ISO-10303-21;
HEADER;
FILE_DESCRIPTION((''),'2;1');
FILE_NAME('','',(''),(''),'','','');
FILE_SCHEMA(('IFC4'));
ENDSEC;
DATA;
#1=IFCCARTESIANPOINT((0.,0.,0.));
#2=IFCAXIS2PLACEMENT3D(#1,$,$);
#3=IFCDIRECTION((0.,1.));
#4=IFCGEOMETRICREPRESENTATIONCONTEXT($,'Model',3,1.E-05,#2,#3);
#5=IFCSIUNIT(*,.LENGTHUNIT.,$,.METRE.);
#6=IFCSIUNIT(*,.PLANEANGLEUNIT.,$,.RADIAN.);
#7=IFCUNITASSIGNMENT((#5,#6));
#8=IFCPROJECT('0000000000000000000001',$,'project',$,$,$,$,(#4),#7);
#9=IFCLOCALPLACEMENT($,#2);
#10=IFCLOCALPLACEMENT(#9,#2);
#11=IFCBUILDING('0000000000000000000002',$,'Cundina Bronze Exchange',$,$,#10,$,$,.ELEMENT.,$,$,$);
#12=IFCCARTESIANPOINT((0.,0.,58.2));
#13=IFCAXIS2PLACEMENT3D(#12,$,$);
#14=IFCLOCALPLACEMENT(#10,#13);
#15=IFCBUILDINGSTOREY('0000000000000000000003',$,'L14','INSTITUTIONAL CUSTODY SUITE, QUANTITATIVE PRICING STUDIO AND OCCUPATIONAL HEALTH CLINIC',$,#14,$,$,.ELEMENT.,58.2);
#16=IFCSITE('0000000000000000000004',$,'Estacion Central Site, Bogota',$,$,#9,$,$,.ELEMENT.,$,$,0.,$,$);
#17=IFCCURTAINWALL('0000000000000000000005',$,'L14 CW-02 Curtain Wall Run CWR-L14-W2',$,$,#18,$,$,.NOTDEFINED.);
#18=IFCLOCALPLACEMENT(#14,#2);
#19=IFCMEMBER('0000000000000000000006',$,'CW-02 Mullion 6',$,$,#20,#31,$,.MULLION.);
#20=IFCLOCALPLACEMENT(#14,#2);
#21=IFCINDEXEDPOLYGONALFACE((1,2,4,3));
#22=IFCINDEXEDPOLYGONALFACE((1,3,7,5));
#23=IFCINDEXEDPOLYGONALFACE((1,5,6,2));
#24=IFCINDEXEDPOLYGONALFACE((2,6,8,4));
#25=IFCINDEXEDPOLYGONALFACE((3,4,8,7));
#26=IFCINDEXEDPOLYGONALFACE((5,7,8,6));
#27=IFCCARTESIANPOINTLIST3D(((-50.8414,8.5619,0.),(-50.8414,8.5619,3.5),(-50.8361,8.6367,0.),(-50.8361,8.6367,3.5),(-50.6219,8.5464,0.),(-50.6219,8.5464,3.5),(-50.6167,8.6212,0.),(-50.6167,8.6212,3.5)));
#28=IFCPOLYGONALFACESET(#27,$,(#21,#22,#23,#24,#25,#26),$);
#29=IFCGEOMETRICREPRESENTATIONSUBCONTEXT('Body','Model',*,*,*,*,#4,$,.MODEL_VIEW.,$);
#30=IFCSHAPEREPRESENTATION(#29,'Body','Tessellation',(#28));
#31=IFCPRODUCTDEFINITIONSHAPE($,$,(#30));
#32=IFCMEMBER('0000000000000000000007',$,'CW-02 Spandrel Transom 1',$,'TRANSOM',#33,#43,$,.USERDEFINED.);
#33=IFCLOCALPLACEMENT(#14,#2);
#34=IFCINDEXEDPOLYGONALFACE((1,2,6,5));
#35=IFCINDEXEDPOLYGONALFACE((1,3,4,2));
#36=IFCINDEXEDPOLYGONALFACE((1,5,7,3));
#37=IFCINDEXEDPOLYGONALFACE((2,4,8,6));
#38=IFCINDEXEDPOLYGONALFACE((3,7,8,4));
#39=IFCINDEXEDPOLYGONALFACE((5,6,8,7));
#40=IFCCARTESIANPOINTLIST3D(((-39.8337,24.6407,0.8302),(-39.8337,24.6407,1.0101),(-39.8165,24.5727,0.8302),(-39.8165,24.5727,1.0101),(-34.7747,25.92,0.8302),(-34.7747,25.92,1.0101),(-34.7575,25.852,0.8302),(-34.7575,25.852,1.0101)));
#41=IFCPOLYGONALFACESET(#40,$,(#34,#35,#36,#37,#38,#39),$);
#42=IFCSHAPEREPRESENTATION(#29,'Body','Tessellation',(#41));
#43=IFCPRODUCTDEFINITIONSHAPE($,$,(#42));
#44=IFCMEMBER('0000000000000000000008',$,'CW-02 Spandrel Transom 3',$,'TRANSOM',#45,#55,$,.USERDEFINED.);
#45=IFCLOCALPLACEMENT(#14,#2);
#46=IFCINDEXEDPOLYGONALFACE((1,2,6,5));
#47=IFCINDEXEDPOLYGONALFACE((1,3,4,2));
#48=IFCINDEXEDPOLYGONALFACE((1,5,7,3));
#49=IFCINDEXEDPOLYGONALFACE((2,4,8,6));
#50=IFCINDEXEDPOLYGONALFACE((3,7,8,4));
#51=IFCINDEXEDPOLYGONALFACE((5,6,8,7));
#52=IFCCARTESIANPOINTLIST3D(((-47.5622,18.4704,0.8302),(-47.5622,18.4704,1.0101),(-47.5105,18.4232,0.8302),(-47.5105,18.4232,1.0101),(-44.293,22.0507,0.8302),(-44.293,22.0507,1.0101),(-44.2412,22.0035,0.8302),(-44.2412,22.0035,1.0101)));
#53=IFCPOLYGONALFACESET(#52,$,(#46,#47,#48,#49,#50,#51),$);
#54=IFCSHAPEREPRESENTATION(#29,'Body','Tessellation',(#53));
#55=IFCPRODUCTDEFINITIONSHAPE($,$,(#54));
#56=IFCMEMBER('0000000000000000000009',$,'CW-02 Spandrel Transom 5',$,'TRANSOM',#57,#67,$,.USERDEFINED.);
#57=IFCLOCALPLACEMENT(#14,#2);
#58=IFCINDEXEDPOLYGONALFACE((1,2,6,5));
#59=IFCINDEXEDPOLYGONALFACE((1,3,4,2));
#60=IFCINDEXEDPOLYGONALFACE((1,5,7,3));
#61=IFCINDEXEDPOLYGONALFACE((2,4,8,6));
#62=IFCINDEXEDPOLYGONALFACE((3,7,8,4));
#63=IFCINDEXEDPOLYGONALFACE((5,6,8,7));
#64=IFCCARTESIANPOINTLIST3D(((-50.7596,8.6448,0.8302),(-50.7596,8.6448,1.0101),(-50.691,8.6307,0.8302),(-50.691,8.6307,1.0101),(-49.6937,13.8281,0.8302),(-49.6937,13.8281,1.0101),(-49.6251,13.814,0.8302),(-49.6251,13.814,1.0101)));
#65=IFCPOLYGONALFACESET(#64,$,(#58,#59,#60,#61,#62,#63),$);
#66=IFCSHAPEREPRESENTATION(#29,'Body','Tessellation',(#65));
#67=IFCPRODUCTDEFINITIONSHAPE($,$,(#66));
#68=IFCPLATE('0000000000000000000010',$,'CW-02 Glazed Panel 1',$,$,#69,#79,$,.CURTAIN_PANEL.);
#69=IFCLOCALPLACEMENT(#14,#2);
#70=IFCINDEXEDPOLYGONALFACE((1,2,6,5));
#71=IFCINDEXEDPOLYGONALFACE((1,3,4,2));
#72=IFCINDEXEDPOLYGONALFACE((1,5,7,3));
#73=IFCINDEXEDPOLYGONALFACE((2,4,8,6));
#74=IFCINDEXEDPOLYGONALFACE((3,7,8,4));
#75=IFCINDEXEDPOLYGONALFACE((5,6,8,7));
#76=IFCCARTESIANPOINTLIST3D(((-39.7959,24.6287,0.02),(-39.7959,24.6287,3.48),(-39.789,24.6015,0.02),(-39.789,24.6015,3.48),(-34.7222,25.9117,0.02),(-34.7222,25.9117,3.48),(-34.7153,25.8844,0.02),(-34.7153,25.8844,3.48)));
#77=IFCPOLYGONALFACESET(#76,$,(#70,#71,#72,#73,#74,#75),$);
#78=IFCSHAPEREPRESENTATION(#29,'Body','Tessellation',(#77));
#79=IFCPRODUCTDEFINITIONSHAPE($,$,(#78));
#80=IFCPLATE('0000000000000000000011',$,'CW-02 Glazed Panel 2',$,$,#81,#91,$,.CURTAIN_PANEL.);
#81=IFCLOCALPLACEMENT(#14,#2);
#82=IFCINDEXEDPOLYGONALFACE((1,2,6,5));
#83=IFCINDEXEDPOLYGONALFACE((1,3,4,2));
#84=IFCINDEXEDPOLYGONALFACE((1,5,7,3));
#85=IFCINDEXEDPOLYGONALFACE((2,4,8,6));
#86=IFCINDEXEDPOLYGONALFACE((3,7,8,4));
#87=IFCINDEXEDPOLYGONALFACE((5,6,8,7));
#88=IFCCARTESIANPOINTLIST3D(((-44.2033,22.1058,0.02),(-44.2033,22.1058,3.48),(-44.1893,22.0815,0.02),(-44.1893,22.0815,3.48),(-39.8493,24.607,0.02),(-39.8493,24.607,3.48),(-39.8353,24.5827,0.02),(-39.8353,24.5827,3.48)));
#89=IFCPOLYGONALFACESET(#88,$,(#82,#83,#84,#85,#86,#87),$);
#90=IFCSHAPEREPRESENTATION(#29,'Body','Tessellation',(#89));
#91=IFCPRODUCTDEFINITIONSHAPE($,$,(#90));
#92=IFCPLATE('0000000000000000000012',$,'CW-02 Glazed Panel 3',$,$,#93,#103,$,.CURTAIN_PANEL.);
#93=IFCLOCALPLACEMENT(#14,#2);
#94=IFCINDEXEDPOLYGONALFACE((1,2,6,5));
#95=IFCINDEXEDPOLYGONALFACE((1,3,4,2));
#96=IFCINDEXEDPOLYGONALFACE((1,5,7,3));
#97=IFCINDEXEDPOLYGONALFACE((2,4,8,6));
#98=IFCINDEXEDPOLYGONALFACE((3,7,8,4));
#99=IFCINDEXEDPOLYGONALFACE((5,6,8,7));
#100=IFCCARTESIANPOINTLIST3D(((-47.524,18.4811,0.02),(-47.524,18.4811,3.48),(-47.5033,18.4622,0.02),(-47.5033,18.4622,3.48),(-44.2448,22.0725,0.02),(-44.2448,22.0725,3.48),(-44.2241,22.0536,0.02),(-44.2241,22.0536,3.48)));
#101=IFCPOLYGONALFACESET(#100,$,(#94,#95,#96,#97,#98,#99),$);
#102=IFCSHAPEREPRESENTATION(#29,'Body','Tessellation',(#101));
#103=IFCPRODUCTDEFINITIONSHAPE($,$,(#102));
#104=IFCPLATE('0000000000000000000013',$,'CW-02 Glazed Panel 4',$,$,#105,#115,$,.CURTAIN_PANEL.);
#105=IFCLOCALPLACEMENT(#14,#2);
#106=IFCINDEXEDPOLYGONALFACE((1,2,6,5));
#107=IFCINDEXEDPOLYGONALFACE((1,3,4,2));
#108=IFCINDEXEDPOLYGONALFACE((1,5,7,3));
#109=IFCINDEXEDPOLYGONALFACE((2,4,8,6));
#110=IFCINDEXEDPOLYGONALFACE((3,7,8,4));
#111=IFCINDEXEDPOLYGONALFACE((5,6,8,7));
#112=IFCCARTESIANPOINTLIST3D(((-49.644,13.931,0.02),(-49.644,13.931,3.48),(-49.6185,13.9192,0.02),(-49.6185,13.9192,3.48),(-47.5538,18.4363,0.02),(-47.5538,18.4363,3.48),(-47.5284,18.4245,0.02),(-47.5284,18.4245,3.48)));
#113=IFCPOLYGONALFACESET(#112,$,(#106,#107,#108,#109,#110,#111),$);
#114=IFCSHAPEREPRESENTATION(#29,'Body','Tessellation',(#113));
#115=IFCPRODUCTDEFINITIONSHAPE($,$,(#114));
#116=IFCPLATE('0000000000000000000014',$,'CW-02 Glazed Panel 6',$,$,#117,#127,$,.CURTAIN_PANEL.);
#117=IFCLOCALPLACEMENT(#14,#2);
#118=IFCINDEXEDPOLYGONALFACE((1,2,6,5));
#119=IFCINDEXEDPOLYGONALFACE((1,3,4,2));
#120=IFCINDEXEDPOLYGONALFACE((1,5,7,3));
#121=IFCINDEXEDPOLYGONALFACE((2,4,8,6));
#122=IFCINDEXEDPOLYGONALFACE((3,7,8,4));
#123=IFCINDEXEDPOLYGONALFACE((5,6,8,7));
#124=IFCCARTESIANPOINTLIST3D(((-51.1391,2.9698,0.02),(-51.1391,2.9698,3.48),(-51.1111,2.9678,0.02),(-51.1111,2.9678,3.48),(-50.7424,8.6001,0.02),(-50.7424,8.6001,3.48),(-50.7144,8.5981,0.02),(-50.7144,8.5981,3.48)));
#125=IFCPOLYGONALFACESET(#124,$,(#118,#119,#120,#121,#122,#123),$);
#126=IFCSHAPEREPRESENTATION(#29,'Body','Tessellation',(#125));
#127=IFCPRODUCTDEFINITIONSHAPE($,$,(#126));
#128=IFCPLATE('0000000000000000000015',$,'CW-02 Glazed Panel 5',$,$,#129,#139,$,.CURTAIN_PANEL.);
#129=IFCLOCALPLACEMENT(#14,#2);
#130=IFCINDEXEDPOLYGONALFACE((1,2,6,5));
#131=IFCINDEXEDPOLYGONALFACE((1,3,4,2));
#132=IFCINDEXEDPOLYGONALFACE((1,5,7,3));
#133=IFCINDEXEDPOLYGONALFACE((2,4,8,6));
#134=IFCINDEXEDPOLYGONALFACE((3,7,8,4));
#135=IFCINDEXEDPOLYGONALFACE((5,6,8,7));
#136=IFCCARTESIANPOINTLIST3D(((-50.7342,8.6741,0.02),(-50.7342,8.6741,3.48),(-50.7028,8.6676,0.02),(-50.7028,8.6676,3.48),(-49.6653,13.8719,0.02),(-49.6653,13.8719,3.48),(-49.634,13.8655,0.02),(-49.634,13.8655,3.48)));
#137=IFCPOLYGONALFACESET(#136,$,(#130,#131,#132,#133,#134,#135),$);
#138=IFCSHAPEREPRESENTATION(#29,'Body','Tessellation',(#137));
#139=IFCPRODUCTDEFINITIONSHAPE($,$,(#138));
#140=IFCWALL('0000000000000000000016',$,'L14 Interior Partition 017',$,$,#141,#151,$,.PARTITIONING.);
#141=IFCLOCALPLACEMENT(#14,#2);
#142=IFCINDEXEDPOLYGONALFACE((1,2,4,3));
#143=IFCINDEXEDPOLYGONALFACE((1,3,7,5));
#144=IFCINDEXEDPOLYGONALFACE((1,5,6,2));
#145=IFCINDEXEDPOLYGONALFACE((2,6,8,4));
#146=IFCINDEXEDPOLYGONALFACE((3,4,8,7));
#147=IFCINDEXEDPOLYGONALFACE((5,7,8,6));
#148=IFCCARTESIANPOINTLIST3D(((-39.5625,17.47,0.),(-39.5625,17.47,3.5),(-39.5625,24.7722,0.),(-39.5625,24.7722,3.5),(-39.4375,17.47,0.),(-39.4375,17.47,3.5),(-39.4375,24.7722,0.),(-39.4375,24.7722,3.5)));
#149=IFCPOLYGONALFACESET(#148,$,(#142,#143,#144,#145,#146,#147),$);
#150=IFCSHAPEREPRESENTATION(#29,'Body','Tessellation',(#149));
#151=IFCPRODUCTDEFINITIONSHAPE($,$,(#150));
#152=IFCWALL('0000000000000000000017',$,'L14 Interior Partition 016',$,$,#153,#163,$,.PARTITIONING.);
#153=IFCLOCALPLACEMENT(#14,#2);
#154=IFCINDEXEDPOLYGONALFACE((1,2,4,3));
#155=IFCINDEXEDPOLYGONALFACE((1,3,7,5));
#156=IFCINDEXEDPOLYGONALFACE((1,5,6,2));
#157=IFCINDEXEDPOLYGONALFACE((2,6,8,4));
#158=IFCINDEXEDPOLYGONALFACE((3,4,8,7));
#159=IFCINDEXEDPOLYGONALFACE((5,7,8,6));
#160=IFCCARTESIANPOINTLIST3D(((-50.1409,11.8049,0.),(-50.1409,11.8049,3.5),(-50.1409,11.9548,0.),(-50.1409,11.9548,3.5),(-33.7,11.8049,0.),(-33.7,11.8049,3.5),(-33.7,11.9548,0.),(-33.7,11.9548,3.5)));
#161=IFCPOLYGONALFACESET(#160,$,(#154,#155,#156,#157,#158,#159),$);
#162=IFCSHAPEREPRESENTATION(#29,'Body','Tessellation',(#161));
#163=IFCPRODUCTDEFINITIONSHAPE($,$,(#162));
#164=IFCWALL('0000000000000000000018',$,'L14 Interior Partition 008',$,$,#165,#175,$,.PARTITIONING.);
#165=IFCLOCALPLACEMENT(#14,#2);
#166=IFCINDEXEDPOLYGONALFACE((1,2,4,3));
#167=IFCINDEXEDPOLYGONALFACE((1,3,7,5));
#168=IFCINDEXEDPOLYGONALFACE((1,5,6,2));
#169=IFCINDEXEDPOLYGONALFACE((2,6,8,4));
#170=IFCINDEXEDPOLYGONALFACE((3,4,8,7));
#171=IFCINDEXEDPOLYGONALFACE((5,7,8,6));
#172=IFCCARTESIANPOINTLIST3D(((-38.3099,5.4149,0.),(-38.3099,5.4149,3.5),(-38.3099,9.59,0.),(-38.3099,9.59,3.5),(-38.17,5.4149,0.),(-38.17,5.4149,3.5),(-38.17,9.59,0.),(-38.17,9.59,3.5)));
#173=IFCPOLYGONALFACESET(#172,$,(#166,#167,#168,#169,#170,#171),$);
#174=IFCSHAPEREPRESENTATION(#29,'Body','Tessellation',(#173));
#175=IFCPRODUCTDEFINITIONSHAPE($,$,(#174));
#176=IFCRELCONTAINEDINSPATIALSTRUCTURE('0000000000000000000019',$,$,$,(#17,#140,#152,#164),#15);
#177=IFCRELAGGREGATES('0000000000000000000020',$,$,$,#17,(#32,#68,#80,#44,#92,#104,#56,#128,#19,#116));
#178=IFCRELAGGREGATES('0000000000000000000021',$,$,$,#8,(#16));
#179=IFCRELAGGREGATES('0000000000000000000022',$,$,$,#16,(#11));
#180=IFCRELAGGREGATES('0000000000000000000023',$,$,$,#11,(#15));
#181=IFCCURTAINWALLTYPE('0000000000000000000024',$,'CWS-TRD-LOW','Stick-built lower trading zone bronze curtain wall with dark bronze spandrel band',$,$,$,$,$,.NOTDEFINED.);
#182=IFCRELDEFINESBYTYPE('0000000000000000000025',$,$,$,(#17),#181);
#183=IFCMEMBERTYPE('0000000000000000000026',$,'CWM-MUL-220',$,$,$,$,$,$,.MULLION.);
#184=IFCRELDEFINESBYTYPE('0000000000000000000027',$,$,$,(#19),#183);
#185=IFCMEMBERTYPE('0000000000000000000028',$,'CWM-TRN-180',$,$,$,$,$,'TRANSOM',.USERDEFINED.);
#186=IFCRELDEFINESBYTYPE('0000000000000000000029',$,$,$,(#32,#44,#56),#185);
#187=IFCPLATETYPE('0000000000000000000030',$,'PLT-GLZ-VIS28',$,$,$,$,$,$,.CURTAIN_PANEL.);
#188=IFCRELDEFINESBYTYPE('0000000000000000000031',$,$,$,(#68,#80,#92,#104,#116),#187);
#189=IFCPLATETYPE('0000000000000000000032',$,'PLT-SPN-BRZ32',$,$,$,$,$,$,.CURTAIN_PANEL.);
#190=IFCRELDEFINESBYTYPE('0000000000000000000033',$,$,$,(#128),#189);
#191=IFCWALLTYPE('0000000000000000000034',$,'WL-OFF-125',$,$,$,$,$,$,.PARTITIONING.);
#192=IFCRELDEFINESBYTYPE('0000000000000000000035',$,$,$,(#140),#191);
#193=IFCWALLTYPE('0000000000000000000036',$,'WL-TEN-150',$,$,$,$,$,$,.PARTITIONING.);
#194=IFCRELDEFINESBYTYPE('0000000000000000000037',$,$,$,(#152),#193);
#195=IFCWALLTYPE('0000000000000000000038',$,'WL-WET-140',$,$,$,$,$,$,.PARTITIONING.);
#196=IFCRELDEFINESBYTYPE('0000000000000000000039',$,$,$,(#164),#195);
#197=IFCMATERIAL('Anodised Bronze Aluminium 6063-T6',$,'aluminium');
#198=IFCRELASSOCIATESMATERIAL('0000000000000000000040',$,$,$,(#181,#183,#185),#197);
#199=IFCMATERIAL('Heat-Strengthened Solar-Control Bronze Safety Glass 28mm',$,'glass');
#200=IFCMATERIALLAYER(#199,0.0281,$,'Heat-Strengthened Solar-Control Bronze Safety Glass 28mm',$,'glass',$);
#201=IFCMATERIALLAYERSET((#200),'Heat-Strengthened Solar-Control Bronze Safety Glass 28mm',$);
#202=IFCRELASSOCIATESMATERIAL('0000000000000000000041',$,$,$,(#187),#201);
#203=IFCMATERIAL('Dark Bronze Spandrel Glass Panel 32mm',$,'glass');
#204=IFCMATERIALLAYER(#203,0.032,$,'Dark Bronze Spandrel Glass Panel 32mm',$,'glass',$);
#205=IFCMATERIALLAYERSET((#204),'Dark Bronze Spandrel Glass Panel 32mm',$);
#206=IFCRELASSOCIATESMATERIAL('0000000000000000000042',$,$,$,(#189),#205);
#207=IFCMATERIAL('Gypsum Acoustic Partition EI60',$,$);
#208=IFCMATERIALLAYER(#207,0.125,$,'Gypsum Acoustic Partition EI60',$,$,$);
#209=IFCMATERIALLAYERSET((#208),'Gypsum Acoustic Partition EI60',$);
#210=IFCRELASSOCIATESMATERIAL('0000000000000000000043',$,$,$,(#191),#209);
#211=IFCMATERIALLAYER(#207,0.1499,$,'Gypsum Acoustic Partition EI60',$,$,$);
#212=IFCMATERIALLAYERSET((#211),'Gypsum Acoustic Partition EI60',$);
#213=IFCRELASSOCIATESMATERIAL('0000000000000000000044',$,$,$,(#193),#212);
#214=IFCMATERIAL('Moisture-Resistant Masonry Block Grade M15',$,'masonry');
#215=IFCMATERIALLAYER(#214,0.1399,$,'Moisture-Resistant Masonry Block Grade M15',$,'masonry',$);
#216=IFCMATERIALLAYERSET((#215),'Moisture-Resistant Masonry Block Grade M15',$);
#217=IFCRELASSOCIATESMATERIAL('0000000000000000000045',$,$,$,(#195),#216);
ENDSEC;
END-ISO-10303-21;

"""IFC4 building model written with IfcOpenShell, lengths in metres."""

from ifc_helpers import new_model, si_unit, direction, frame, frame_2d, origin, origin_2d, place, context, subcontext, project, spatial, rectangle, extrude, material, layer, layer_set, material_profile, profile_set, type_object, element, aggregate, save


model = new_model("IFC4")

# Units and contexts
model_context = context("Model", 3, precision=1e-05, world=origin(), true_north=direction((0.0, 1.0)))
body_context = subcontext(model_context, "Body", "Model", "MODEL_VIEW")
ifc_project = project(units=[si_unit("LENGTHUNIT", "METRE"), si_unit("PLANEANGLEUNIT", "RADIAN")], contexts=[model_context])

# Site, building, storey
site_placement = place(None, origin())
site = spatial("IfcSite", under=ifc_project, at=site_placement, Name="Estacion Central Site, Bogota", CompositionType="ELEMENT", RefElevation=0.0)
building_placement = place(site_placement, origin())
building = spatial("IfcBuilding", under=site, at=building_placement, Name="Cundina Bronze Exchange", CompositionType="ELEMENT")
storey_placement = place(building_placement, frame((0.0, 0.0, 58.2)))
storey = spatial("IfcBuildingStorey", under=building, at=storey_placement, Name="L14", Description="INSTITUTIONAL CUSTODY SUITE, QUANTITATIVE PRICING STUDIO AND OCCUPATIONAL HEALTH CLINIC", CompositionType="ELEMENT", Elevation=58.2)

# Curtain wall, members, plates
ifc_material_1 = material(Name="Anodised Bronze Aluminium 6063-T6", Category="aluminium")
curtain_wall_type = type_object("IfcCurtainWallType", Name="CWS-TRD-LOW", Description="Stick-built lower trading zone bronze curtain wall with dark bronze spandrel band", PredefinedType="NOTDEFINED", material=ifc_material_1)
curtain_wall_placement = place(storey_placement, origin())
curtain_wall = element("IfcCurtainWall", 1, at=curtain_wall_placement, inside=storey, type_object=curtain_wall_type, Name="L14 CW-02 Curtain Wall Run CWR-L14-W2", PredefinedType="NOTDEFINED")
ifc_material_profile_1 = material_profile(ifc_material_1, rectangle(XDim=0.075, YDim=0.22, at=origin_2d()), Name="AL75X220", Category="aluminium")
ifc_profile_set_1 = profile_set([ifc_material_profile_1], Name="Anodised Bronze Aluminium 6063-T6")
member_type_1 = type_object("IfcMemberType", Name="CWM-MUL-220", PredefinedType="MULLION", material=ifc_profile_set_1)
member_1_placement = place(storey_placement, frame((-50.729, 8.5916, 0.0), z_axis=(0.0, 0.0, 1.0), x_axis=(-0.070279, -0.997527, 0.0)))
member_1 = element("IfcMember", 2, at=member_1_placement, type_object=member_type_1, Name="CW-02 Mullion 6", PredefinedType="MULLION", context=body_context, shape_type="SweptSolid", body=[
    extrude(rectangle(XDim=0.075, YDim=0.22, at=origin_2d()), origin(), (0.0, 0.0, 1.0), 3.5),
])
ifc_material_profile_2 = material_profile(ifc_material_1, rectangle(XDim=0.0701, YDim=0.1799, at=origin_2d()), Name="AL70X180", Category="aluminium")
ifc_profile_set_2 = profile_set([ifc_material_profile_2], Name="Anodised Bronze Aluminium 6063-T6")
member_type_2 = type_object("IfcMemberType", Name="CWM-TRN-180", ElementType="TRANSOM", PredefinedType="USERDEFINED", material=ifc_profile_set_2)
member_2_placement = place(storey_placement, frame((-34.7661, 25.886, 0.9202), z_axis=(-0.969484, -0.245155, 0.0), x_axis=(0.245155, -0.969484, 0.0)))
member_2 = element("IfcMember", 3, at=member_2_placement, type_object=member_type_2, Name="CW-02 Spandrel Transom 1", ObjectType="TRANSOM", PredefinedType="USERDEFINED", context=body_context, shape_type="SweptSolid", body=[
    extrude(rectangle(XDim=0.0701, YDim=0.1799, at=origin_2d()), origin(), (0.0, 0.0, 1.0), 5.2183),
])
member_3_placement = place(storey_placement, frame((-44.2671, 22.0271, 0.9202), z_axis=(-0.674303, -0.738455, 0.0), x_axis=(0.738455, -0.674303, 0.0)))
member_3 = element("IfcMember", 4, at=member_3_placement, type_object=member_type_2, Name="CW-02 Spandrel Transom 3", ObjectType="TRANSOM", PredefinedType="USERDEFINED", context=body_context, shape_type="SweptSolid", body=[
    extrude(rectangle(XDim=0.0701, YDim=0.1799, at=origin_2d()), origin(), (0.0, 0.0, 1.0), 4.8484),
])
member_4_placement = place(storey_placement, frame((-49.6594, 13.821, 0.9202), z_axis=(-0.201428, -0.979503, 0.0), x_axis=(0.979503, -0.201428, 0.0)))
member_4 = element("IfcMember", 5, at=member_4_placement, type_object=member_type_2, Name="CW-02 Spandrel Transom 5", ObjectType="TRANSOM", PredefinedType="USERDEFINED", context=body_context, shape_type="SweptSolid", body=[
    extrude(rectangle(XDim=0.0701, YDim=0.1799, at=origin_2d()), origin(), (0.0, 0.0, 1.0), 5.2917),
])
ifc_material_2 = material(Name="Heat-Strengthened Solar-Control Bronze Safety Glass 28mm", Category="glass")
ifc_layer_1 = layer(ifc_material_2, 0.0281, Name="Heat-Strengthened Solar-Control Bronze Safety Glass 28mm", Category="glass")
ifc_layer_set_1 = layer_set([ifc_layer_1], Name="Heat-Strengthened Solar-Control Bronze Safety Glass 28mm")
plate_type_1 = type_object("IfcPlateType", Name="PLT-GLZ-VIS28", PredefinedType="CURTAIN_PANEL", material=ifc_layer_set_1)
plate_1_placement = place(storey_placement, frame((-37.2556, 25.2566, 0.02), z_axis=(0.0, 0.0, 1.0), x_axis=(-0.969488, -0.245138, 0.0)))
plate_1 = element("IfcPlate", 6, at=plate_1_placement, type_object=plate_type_1, Name="CW-02 Glazed Panel 1", PredefinedType="CURTAIN_PANEL", context=body_context, shape_type="SweptSolid", body=[
    extrude(rectangle(XDim=5.2334, YDim=0.0281, at=origin_2d()), origin(), (0.0, 0.0, 1.0), 3.46),
])
plate_2_placement = place(storey_placement, frame((-42.0193, 23.3442, 0.02), z_axis=(0.0, 0.0, 1.0), x_axis=(-0.867105, -0.498125, 0.0)))
plate_2 = element("IfcPlate", 7, at=plate_2_placement, type_object=plate_type_1, Name="CW-02 Glazed Panel 2", PredefinedType="CURTAIN_PANEL", context=body_context, shape_type="SweptSolid", body=[
    extrude(rectangle(XDim=5.0212, YDim=0.0281, at=origin_2d()), origin(), (0.0, 0.0, 1.0), 3.46),
])
plate_3_placement = place(storey_placement, frame((-45.874, 20.2673, 0.02), z_axis=(0.0, 0.0, 1.0), x_axis=(-0.674277, -0.738479, 0.0)))
plate_3 = element("IfcPlate", 8, at=plate_3_placement, type_object=plate_type_1, Name="CW-02 Glazed Panel 3", PredefinedType="CURTAIN_PANEL", context=body_context, shape_type="SweptSolid", body=[
    extrude(rectangle(XDim=4.8633, YDim=0.0281, at=origin_2d()), origin(), (0.0, 0.0, 1.0), 3.46),
])
plate_4_placement = place(storey_placement, frame((-48.5862, 16.1777, 0.02), z_axis=(0.0, 0.0, 1.0), x_axis=(-0.420846, -0.907132, 0.0)))
plate_4 = element("IfcPlate", 9, at=plate_4_placement, type_object=plate_type_1, Name="CW-02 Glazed Panel 4", PredefinedType="CURTAIN_PANEL", context=body_context, shape_type="SweptSolid", body=[
    extrude(rectangle(XDim=4.9666, YDim=0.0281, at=origin_2d()), origin(), (0.0, 0.0, 1.0), 3.46),
])
plate_5_placement = place(storey_placement, frame((-50.9268, 5.7839, 0.02), z_axis=(0.0, 0.0, 1.0), x_axis=(-0.070279, -0.997527, 0.0)))
plate_5 = element("IfcPlate", 10, at=plate_5_placement, type_object=plate_type_1, Name="CW-02 Glazed Panel 6", PredefinedType="CURTAIN_PANEL", context=body_context, shape_type="SweptSolid", body=[
    extrude(rectangle(XDim=5.6443, YDim=0.0281, at=origin_2d()), origin(), (0.0, 0.0, 1.0), 3.46),
])
ifc_material_3 = material(Name="Dark Bronze Spandrel Glass Panel 32mm", Category="glass")
ifc_layer_2 = layer(ifc_material_3, 0.032, Name="Dark Bronze Spandrel Glass Panel 32mm", Category="glass")
ifc_layer_set_2 = layer_set([ifc_layer_2], Name="Dark Bronze Spandrel Glass Panel 32mm")
plate_type_2 = type_object("IfcPlateType", Name="PLT-SPN-BRZ32", PredefinedType="CURTAIN_PANEL", material=ifc_layer_set_2)
plate_6_placement = place(storey_placement, frame((-50.1841, 11.2698, 0.02), z_axis=(0.0, 0.0, 1.0), x_axis=(-0.20142, -0.979505, 0.0)))
plate_6 = element("IfcPlate", 11, at=plate_6_placement, type_object=plate_type_2, Name="CW-02 Glazed Panel 5", PredefinedType="CURTAIN_PANEL", context=body_context, shape_type="SweptSolid", body=[
    extrude(rectangle(XDim=5.3066, YDim=0.032, at=origin_2d()), origin(), (0.0, 0.0, 1.0), 3.46),
])
aggregate(curtain_wall, [member_2, plate_1, plate_2, member_3, plate_3, plate_4, member_4, plate_6, member_1, plate_5])

# Walls
ifc_material_4 = material(Name="Gypsum Acoustic Partition EI60")
ifc_layer_3 = layer(ifc_material_4, 0.125, Name="Gypsum Acoustic Partition EI60")
ifc_layer_set_3 = layer_set([ifc_layer_3], Name="Gypsum Acoustic Partition EI60")
wall_type_1 = type_object("IfcWallType", Name="WL-OFF-125", PredefinedType="PARTITIONING", material=ifc_layer_set_3)
wall_1_placement = place(storey_placement, frame((-39.5, 17.47, 0.0), z_axis=(0.0, 0.0, 1.0), x_axis=(0.0, 1.0, 0.0)))
element("IfcWall", 12, at=wall_1_placement, inside=storey, type_object=wall_type_1, Name="L14 Interior Partition 017", PredefinedType="PARTITIONING", context=body_context, shape_type="SweptSolid", body=[
    extrude(rectangle(XDim=7.3022, YDim=0.125, at=frame_2d((3.6511, 0.0))), origin(), (0.0, 0.0, 1.0), 3.5),
])
ifc_layer_4 = layer(ifc_material_4, 0.1499, Name="Gypsum Acoustic Partition EI60")
ifc_layer_set_4 = layer_set([ifc_layer_4], Name="Gypsum Acoustic Partition EI60")
wall_type_2 = type_object("IfcWallType", Name="WL-TEN-150", PredefinedType="PARTITIONING", material=ifc_layer_set_4)
wall_2_placement = place(storey_placement, frame((-50.1409, 11.8799, 0.0), z_axis=(0.0, 0.0, 1.0), x_axis=(1.0, 0.0, 0.0)))
element("IfcWall", 13, at=wall_2_placement, inside=storey, type_object=wall_type_2, Name="L14 Interior Partition 016", PredefinedType="PARTITIONING", context=body_context, shape_type="SweptSolid", body=[
    extrude(rectangle(XDim=16.4409, YDim=0.1499, at=frame_2d((8.2205, 0.0))), origin(), (0.0, 0.0, 1.0), 3.5),
])
ifc_material_5 = material(Name="Moisture-Resistant Masonry Block Grade M15", Category="masonry")
ifc_layer_5 = layer(ifc_material_5, 0.1399, Name="Moisture-Resistant Masonry Block Grade M15", Category="masonry")
ifc_layer_set_5 = layer_set([ifc_layer_5], Name="Moisture-Resistant Masonry Block Grade M15")
wall_type_3 = type_object("IfcWallType", Name="WL-WET-140", PredefinedType="PARTITIONING", material=ifc_layer_set_5)
wall_3_placement = place(storey_placement, frame((-38.24, 5.415, 0.0), z_axis=(0.0, 0.0, 1.0), x_axis=(0.0, 1.0, 0.0)))
element("IfcWall", 14, at=wall_3_placement, inside=storey, type_object=wall_type_3, Name="L14 Interior Partition 008", PredefinedType="PARTITIONING", context=body_context, shape_type="SweptSolid", body=[
    extrude(rectangle(XDim=4.175, YDim=0.1399, at=frame_2d((2.0874, 0.0))), origin(), (0.0, 0.0, 1.0), 3.5),
])

save(model, "model.ifc")
